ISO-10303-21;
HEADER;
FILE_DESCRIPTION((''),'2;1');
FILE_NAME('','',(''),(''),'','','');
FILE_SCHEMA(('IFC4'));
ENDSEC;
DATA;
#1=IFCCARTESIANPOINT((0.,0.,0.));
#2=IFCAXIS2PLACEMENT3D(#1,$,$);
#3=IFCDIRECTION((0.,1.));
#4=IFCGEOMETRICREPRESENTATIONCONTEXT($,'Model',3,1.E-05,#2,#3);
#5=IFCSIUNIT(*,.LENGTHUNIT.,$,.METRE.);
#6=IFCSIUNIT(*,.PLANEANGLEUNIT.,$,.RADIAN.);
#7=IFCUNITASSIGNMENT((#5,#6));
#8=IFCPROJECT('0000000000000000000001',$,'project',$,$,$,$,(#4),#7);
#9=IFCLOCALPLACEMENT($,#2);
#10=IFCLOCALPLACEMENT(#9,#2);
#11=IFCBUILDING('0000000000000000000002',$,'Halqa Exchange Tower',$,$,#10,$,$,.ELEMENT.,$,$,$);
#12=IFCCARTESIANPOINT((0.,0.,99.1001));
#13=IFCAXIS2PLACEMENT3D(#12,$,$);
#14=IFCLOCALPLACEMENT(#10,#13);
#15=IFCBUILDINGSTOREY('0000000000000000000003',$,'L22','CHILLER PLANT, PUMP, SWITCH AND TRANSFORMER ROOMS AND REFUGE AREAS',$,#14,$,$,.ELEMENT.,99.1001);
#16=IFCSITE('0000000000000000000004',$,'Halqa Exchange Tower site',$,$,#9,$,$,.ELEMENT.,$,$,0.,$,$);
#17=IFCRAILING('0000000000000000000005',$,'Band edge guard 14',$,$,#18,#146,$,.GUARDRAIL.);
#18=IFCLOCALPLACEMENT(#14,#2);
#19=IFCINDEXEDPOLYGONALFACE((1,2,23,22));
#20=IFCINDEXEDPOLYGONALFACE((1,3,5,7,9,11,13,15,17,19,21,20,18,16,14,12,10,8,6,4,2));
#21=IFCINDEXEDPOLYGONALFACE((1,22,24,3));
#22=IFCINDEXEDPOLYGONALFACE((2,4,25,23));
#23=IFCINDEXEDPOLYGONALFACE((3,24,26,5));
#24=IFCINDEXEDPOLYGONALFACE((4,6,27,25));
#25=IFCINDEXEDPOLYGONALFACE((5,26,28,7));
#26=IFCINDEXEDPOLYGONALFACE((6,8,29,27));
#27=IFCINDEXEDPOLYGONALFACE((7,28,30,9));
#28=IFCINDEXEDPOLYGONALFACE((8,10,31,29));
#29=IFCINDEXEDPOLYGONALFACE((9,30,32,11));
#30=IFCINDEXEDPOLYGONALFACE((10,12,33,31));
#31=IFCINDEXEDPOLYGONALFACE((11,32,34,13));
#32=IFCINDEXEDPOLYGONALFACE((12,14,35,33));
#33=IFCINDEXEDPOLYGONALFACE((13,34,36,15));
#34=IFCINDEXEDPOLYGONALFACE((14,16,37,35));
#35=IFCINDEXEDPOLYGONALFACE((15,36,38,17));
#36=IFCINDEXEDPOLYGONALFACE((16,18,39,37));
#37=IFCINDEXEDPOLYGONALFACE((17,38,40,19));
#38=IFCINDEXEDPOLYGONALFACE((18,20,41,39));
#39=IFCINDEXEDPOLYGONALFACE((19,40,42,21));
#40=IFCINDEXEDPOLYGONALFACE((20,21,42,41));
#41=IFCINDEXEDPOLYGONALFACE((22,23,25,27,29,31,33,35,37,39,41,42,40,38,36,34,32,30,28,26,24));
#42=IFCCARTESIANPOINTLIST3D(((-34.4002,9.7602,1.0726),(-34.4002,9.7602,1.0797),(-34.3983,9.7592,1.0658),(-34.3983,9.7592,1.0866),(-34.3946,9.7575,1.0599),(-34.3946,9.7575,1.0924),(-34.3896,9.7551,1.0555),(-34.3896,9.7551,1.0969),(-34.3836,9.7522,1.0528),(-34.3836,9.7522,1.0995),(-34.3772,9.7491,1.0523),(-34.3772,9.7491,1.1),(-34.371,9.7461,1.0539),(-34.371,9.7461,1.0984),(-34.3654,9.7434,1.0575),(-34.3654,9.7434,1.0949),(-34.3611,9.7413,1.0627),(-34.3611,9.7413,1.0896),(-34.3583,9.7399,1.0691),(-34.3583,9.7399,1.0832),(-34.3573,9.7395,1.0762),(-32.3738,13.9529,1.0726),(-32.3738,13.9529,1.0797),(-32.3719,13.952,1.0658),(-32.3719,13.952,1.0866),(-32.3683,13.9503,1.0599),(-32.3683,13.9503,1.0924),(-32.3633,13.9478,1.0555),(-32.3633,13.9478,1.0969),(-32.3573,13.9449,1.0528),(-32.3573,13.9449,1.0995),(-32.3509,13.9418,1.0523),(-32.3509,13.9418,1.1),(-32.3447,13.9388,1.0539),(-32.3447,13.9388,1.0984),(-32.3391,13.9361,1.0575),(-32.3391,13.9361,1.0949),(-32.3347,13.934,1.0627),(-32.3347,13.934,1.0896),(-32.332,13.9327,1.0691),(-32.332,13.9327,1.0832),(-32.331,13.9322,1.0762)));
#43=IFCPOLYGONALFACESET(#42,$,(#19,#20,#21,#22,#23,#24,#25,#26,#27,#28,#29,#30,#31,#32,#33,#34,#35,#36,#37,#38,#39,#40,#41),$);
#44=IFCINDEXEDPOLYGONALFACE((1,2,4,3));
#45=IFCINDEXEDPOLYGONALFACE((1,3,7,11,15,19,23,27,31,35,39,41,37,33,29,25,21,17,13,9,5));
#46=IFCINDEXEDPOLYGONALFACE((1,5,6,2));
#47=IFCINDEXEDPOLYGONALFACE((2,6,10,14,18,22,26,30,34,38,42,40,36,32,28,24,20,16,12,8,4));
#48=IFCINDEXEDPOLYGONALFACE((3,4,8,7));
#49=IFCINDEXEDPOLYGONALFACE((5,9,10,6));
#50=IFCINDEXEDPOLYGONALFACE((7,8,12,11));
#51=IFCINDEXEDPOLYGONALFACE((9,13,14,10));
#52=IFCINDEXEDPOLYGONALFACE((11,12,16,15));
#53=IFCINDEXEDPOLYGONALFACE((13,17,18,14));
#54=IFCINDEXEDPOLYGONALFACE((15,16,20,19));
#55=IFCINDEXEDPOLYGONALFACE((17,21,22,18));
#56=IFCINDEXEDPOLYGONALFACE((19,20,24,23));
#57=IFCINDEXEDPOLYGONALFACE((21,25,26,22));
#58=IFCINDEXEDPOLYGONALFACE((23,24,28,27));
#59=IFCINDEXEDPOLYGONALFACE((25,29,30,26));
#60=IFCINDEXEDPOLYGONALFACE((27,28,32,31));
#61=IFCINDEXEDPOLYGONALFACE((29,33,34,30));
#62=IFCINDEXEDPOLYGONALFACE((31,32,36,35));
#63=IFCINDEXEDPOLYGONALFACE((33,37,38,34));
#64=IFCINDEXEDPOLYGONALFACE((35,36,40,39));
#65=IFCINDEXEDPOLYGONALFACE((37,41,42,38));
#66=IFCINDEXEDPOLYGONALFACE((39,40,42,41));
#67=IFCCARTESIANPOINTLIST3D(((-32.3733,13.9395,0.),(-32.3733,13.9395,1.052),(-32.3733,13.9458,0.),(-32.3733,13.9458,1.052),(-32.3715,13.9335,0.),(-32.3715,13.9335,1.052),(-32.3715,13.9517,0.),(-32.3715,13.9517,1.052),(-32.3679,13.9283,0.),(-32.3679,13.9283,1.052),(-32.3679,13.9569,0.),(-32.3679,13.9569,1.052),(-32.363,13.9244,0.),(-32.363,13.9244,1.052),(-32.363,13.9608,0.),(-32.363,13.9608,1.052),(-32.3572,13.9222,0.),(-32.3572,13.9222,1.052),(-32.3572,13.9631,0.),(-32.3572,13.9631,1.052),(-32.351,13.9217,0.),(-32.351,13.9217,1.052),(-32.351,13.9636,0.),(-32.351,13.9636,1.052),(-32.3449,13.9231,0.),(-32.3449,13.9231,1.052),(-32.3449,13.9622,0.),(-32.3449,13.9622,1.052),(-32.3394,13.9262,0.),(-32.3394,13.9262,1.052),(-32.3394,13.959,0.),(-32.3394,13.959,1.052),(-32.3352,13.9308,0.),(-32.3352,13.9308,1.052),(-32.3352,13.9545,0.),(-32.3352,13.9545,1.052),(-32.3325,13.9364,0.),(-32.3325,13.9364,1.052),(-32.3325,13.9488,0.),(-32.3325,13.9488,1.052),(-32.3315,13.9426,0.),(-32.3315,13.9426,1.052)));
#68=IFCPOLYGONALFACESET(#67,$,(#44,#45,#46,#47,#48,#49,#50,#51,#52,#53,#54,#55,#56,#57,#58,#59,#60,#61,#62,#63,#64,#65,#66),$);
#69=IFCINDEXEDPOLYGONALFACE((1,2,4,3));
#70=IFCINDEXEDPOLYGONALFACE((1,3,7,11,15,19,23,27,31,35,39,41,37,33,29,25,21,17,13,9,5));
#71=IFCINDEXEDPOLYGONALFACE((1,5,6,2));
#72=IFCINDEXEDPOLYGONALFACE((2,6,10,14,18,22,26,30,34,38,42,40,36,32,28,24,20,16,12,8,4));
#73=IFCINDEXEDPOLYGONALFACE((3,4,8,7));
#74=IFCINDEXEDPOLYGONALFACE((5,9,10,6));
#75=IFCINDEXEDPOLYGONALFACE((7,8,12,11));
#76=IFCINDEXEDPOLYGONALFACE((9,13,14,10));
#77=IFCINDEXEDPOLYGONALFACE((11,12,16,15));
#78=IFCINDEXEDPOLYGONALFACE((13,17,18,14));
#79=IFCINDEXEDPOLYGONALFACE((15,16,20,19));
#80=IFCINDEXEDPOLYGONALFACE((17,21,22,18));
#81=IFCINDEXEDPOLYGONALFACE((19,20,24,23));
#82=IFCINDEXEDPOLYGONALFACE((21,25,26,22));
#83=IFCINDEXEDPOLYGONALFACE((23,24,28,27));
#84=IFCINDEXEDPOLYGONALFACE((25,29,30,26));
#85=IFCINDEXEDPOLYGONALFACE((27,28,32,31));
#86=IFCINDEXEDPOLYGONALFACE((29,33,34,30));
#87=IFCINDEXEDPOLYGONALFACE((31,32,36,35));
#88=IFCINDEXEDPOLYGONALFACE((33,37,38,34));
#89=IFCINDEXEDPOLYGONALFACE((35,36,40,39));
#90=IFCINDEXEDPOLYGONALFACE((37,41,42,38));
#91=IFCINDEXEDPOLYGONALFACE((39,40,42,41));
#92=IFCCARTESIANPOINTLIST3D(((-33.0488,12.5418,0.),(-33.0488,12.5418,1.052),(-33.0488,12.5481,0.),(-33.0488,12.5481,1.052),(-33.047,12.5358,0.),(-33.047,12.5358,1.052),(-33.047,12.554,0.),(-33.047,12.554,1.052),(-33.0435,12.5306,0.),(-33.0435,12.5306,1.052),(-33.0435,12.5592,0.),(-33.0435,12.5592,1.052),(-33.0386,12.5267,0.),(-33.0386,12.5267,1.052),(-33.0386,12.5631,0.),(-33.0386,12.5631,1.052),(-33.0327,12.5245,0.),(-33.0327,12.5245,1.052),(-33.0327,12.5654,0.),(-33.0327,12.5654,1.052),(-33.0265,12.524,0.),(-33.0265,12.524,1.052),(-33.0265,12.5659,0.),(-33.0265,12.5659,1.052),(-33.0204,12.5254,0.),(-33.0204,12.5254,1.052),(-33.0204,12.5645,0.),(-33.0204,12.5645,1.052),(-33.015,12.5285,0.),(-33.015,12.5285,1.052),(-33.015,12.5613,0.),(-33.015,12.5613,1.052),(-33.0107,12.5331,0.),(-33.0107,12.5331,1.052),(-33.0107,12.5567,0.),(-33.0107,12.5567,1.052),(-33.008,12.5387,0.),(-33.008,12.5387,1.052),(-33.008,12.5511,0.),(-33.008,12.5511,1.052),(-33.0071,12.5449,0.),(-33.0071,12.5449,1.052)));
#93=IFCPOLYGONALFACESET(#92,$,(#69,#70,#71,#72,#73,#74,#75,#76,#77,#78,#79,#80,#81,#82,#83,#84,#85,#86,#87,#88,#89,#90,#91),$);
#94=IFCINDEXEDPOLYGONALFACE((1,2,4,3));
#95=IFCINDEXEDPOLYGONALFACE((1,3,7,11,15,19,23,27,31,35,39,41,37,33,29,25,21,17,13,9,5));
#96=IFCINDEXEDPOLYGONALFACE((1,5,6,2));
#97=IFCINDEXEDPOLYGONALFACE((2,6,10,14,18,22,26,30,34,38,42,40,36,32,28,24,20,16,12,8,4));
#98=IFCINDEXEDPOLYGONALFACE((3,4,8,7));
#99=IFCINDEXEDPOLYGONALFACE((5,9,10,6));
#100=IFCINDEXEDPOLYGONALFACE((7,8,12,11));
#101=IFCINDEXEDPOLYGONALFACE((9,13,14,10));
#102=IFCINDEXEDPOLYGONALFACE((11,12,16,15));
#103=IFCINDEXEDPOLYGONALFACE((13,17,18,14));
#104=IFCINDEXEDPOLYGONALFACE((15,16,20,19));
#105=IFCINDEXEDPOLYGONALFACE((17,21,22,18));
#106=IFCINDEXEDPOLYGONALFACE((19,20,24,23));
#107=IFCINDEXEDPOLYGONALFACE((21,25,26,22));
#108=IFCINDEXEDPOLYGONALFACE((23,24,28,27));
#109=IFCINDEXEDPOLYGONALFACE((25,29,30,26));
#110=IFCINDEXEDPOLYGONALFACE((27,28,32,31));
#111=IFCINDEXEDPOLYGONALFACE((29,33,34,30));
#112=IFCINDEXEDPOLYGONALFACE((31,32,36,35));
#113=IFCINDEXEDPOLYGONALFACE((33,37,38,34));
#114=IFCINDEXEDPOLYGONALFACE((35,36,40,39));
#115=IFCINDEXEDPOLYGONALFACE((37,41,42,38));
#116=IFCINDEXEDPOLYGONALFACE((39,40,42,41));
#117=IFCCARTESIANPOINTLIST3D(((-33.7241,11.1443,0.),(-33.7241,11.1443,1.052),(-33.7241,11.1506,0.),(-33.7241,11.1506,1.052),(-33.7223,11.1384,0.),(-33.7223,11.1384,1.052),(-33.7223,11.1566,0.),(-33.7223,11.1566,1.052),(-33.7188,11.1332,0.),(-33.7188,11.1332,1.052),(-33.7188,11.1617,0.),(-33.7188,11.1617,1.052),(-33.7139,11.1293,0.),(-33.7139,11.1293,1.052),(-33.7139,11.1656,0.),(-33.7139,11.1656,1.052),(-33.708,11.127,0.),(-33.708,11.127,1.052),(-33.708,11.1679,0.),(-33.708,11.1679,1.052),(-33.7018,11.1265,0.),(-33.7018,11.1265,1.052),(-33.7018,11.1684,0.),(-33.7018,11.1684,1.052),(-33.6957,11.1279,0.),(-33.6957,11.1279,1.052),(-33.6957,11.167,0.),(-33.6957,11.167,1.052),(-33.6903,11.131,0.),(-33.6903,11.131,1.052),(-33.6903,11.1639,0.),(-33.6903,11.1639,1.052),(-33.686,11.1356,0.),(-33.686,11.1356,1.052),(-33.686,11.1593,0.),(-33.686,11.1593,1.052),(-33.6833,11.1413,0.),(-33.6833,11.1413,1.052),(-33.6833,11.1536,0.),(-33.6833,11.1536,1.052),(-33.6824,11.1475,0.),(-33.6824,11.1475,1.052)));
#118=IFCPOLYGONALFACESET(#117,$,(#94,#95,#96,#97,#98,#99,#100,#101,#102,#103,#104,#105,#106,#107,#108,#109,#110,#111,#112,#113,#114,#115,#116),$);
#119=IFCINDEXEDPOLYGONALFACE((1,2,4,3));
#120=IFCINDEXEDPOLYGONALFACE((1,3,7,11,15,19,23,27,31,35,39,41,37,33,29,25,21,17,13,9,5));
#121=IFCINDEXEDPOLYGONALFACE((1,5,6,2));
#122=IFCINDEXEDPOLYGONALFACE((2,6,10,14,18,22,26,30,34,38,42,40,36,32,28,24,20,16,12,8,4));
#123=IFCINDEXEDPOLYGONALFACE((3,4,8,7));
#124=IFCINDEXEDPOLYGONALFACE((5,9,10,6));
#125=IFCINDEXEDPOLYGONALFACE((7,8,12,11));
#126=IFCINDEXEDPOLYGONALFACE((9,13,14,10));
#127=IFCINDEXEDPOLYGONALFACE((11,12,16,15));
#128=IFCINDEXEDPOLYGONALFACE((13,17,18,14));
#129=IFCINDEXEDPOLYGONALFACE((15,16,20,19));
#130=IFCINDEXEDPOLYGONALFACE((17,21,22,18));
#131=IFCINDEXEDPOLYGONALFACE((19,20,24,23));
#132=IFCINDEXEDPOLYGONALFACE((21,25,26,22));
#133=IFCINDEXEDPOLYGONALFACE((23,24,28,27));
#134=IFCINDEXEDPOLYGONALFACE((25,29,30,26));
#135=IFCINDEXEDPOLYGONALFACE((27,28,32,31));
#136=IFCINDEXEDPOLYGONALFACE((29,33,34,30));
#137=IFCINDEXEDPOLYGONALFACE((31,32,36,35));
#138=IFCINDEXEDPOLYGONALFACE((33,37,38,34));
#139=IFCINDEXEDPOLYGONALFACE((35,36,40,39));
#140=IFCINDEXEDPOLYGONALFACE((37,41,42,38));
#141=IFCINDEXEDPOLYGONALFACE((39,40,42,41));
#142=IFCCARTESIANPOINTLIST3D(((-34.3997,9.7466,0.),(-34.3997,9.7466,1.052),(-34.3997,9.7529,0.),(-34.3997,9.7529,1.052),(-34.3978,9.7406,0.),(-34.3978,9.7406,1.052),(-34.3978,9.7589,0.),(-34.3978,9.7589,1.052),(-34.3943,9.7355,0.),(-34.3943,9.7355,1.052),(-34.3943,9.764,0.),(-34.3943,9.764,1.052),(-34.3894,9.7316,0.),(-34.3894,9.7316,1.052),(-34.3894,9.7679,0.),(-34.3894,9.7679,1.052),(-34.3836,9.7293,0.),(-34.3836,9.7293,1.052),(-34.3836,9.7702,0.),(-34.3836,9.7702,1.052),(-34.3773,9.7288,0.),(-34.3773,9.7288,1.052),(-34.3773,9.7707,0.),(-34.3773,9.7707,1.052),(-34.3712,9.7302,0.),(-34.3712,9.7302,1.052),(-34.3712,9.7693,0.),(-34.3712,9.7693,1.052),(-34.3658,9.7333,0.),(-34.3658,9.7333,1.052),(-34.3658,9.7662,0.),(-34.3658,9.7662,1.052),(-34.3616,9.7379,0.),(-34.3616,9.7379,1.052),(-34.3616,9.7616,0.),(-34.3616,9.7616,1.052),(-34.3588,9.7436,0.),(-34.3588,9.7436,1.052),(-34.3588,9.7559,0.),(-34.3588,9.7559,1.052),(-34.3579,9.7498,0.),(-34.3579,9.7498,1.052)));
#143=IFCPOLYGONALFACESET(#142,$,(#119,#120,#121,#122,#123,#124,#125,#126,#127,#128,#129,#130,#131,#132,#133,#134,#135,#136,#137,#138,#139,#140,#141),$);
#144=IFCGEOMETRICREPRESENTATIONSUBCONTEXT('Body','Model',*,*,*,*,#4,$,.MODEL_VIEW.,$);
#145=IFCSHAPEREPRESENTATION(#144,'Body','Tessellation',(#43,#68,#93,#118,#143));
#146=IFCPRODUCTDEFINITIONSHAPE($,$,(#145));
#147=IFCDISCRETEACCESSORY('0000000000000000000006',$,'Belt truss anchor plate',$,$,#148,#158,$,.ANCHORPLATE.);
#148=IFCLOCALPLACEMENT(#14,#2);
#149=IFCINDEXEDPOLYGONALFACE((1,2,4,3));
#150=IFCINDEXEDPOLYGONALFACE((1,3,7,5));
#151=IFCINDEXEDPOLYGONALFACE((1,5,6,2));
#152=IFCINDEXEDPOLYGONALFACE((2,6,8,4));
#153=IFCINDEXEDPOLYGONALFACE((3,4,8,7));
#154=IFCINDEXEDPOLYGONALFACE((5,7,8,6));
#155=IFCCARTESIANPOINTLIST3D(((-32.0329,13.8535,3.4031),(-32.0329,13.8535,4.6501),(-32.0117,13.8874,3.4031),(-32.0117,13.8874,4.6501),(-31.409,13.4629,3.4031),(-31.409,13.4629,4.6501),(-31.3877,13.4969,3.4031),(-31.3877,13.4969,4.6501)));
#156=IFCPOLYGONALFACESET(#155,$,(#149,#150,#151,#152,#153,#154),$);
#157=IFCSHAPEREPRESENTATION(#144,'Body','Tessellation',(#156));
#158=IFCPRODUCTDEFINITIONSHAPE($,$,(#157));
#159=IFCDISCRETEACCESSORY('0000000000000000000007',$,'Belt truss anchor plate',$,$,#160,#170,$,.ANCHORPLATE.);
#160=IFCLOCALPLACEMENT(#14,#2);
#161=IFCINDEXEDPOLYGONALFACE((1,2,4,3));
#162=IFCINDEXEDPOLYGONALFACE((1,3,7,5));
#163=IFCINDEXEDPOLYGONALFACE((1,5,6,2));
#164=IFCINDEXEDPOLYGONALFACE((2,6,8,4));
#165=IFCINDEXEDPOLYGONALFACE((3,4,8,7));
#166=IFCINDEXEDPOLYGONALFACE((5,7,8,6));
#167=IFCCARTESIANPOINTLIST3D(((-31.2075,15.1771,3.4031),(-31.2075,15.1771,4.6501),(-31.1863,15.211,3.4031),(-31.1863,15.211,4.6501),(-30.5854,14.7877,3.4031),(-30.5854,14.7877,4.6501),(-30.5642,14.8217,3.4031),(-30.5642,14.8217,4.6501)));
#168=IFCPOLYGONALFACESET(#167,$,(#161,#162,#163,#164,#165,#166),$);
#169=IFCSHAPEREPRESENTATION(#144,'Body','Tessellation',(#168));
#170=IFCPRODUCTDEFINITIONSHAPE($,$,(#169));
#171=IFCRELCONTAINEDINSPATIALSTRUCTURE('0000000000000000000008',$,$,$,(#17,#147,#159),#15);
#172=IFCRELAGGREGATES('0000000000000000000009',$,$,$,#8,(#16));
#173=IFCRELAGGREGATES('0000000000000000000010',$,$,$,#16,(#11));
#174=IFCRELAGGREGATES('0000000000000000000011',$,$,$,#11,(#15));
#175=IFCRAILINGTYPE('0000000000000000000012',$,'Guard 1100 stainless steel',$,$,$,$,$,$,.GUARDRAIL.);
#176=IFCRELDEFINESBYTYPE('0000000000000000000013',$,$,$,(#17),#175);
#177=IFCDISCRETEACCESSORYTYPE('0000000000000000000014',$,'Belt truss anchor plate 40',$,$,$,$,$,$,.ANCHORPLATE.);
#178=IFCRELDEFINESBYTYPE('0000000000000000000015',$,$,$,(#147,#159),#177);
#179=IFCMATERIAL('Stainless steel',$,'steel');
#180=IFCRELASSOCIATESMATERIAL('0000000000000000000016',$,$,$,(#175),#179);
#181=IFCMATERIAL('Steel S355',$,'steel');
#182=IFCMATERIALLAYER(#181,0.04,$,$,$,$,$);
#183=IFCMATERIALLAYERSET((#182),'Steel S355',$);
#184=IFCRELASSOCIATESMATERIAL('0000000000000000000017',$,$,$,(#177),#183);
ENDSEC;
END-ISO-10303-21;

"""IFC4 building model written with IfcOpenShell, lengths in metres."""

from ifc_helpers import new_model, si_unit, direction, frame, origin, origin_2d, place, context, subcontext, project, spatial, rectangle, circle, extrude, material, layer, layer_set, type_object, element, save


model = new_model("IFC4")

# Units and contexts
model_context = context("Model", 3, precision=1e-05, world=origin(), true_north=direction((0.0, 1.0)))
body_context = subcontext(model_context, "Body", "Model", "MODEL_VIEW")
ifc_project = project(units=[si_unit("LENGTHUNIT", "METRE"), si_unit("PLANEANGLEUNIT", "RADIAN")], contexts=[model_context])

# Site, building, storey
site_placement = place(None, origin())
site = spatial("IfcSite", under=ifc_project, at=site_placement, Name="Halqa Exchange Tower site", CompositionType="ELEMENT", RefElevation=0.0)
building_placement = place(site_placement, origin())
building = spatial("IfcBuilding", under=site, at=building_placement, Name="Halqa Exchange Tower", CompositionType="ELEMENT")
storey_placement = place(building_placement, frame((0.0, 0.0, 99.1001)))
storey = spatial("IfcBuildingStorey", under=building, at=storey_placement, Name="L22", Description="CHILLER PLANT, PUMP, SWITCH AND TRANSFORMER ROOMS AND REFUGE AREAS", CompositionType="ELEMENT", Elevation=99.1001)

# Shared definitions
ifc_material_1 = material(Name="Steel S355", Category="steel")

# Railing
ifc_material_2 = material(Name="Stainless steel", Category="steel")
railing_type = type_object("IfcRailingType", Name="Guard 1100 stainless steel", PredefinedType="GUARDRAIL", material=ifc_material_2)
railing_placement = place(storey_placement, frame((-32.3525, 13.9426, 0.0)))
element("IfcRailing", 1, at=railing_placement, inside=storey, type_object=railing_type, Name="Band edge guard 14", PredefinedType="GUARDRAIL", context=body_context, shape_type="SweptSolid", body=[
    extrude(circle(Radius=0.0239, at=origin_2d()), frame((0.0, 0.0, 1.0762), z_axis=(-0.435136, -0.900365, 0.0), x_axis=(0.900365, -0.435136, 0.0)), (0.0, 0.0, 1.0), 4.6567),
    extrude(circle(Radius=0.021, at=origin_2d()), origin(), (0.0, 0.0, 1.0), 1.052),
    extrude(circle(Radius=0.021, at=origin_2d()), frame((-0.6755, -1.3977, 0.0)), (0.0, 0.0, 1.0), 1.052),
    extrude(circle(Radius=0.021, at=origin_2d()), frame((-1.3508, -2.7952, 0.0)), (0.0, 0.0, 1.0), 1.052),
    extrude(circle(Radius=0.021, at=origin_2d()), frame((-2.0264, -4.1929, 0.0)), (0.0, 0.0, 1.0), 1.052),
])

# Discrete accessories
ifc_layer_1 = layer(ifc_material_1, 0.04)
ifc_layer_set_1 = layer_set([ifc_layer_1], Name="Steel S355")
discrete_accessory_type = type_object("IfcDiscreteAccessoryType", Name="Belt truss anchor plate 40", PredefinedType="ANCHORPLATE", material=ifc_layer_set_1)
discrete_accessory_1_placement = place(storey_placement, frame((-31.6997, 13.6921, 4.0266), z_axis=(-0.530547, -0.847656, 0.0), x_axis=(0.847656, -0.530547, 0.0)))
element("IfcDiscreteAccessory", 2, at=discrete_accessory_1_placement, inside=storey, type_object=discrete_accessory_type, Name="Belt truss anchor plate", PredefinedType="ANCHORPLATE", context=body_context, shape_type="SweptSolid", body=[
    extrude(rectangle(XDim=0.7361, YDim=1.2471, at=origin_2d()), origin(), (0.0, 0.0, 1.0), 0.04),
])
discrete_accessory_2_placement = place(storey_placement, frame((-30.8965, 14.9824, 4.0266), z_axis=(0.530547, 0.847656, 0.0), x_axis=(-0.847656, 0.530547, 0.0)))
element("IfcDiscreteAccessory", 3, at=discrete_accessory_2_placement, inside=storey, type_object=discrete_accessory_type, Name="Belt truss anchor plate", PredefinedType="ANCHORPLATE", context=body_context, shape_type="SweptSolid", body=[
    extrude(rectangle(XDim=0.7339, YDim=1.2471, at=origin_2d()), origin(), (0.0, 0.0, 1.0), 0.04),
])

save(model, "model.ifc")
